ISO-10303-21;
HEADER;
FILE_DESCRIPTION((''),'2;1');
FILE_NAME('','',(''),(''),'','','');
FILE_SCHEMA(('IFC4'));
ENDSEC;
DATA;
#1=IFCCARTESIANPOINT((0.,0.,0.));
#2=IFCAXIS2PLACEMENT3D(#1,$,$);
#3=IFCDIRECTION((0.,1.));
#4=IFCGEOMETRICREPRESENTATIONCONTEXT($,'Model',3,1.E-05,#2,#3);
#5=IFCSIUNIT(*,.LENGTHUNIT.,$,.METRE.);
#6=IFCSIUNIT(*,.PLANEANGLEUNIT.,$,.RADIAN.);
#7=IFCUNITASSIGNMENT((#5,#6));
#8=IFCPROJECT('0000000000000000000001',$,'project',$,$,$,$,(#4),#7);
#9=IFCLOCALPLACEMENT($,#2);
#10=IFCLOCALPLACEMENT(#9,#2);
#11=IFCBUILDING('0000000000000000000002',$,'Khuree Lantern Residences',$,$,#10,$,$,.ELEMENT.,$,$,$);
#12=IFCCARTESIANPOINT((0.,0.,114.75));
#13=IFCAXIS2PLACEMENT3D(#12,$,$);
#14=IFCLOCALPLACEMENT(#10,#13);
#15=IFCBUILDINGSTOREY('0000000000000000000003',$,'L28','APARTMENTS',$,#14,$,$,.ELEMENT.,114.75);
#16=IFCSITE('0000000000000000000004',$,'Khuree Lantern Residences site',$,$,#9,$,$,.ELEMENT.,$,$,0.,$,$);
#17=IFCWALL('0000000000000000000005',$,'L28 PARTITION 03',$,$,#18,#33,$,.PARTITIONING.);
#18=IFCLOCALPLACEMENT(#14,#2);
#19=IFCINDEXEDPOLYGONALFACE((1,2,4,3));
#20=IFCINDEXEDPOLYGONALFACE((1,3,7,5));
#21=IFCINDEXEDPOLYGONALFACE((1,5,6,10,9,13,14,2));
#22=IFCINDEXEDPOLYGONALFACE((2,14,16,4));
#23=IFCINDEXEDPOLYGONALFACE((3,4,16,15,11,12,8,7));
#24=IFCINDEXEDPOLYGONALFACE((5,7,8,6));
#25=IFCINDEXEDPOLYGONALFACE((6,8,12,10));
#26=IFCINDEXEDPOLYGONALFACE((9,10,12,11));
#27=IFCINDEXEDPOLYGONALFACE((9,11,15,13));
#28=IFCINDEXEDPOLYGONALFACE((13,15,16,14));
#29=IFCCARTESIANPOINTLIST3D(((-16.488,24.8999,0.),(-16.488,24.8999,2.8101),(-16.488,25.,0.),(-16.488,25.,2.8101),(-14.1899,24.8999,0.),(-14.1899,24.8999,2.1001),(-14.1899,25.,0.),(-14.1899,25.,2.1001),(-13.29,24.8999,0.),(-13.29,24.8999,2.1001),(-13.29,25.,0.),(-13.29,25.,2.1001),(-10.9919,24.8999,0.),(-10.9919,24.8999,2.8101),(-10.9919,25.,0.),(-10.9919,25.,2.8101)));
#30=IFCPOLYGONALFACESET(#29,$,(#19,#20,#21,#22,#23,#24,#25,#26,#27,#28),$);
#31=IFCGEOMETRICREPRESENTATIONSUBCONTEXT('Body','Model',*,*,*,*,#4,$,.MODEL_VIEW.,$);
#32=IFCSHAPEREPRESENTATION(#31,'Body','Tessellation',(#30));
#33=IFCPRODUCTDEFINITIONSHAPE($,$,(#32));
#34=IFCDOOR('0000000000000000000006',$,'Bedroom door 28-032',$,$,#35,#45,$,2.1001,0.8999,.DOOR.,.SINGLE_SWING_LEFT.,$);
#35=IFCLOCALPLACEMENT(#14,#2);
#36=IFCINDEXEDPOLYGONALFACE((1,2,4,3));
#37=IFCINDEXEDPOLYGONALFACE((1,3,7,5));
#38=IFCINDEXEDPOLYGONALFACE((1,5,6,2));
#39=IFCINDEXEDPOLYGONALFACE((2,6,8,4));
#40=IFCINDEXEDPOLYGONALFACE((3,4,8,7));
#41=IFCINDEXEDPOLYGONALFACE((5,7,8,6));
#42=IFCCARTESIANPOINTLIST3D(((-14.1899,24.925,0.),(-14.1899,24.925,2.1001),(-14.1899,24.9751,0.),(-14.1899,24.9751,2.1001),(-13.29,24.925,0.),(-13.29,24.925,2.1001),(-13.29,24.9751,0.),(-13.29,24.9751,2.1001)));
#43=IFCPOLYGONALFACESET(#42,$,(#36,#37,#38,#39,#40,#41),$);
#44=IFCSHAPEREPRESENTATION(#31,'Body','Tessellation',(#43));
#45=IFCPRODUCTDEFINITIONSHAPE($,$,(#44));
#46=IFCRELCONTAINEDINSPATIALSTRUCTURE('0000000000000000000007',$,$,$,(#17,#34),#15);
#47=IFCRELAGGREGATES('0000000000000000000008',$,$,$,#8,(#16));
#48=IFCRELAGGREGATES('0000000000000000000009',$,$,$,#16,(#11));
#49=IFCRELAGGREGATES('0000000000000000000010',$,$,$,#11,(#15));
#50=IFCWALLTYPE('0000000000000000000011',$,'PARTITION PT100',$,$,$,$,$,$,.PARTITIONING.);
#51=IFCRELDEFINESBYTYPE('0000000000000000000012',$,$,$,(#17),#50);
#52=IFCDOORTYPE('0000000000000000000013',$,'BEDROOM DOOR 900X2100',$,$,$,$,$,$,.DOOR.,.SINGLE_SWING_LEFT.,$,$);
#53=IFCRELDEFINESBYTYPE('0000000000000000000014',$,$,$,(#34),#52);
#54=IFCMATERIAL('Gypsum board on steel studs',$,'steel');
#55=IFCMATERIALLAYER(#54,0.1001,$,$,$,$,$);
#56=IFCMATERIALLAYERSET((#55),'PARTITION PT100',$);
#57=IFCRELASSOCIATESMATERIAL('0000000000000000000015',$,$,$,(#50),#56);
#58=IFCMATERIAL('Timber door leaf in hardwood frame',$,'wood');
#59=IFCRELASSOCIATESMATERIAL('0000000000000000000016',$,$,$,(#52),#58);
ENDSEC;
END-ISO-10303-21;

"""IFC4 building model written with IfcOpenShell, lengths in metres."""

from ifc_helpers import new_model, si_unit, direction, frame, frame_2d, origin, place, context, subcontext, project, spatial, rectangle, extrude, material, layer, layer_set, type_object, element, fill, save


model = new_model("IFC4")

# Units and contexts
model_context = context("Model", 3, precision=1e-05, world=origin(), true_north=direction((0.0, 1.0)))
body_context = subcontext(model_context, "Body", "Model", "MODEL_VIEW")
ifc_project = project(units=[si_unit("LENGTHUNIT", "METRE"), si_unit("PLANEANGLEUNIT", "RADIAN")], contexts=[model_context])

# Site, building, storey
site_placement = place(None, origin())
site = spatial("IfcSite", under=ifc_project, at=site_placement, Name="Khuree Lantern Residences site", CompositionType="ELEMENT", RefElevation=0.0)
building_placement = place(site_placement, origin())
building = spatial("IfcBuilding", under=site, at=building_placement, Name="Khuree Lantern Residences", CompositionType="ELEMENT")
storey_placement = place(building_placement, frame((0.0, 0.0, 114.75)))
storey = spatial("IfcBuildingStorey", under=building, at=storey_placement, Name="L28", Description="APARTMENTS", CompositionType="ELEMENT", Elevation=114.75)

# Shared definitions
ifc_material_1 = material(Name="Gypsum board on steel studs", Category="steel")
ifc_layer_1 = layer(ifc_material_1, 0.1001)
ifc_layer_set_1 = layer_set([ifc_layer_1], Name="PARTITION PT100")
wall_type = type_object("IfcWallType", Name="PARTITION PT100", PredefinedType="PARTITIONING", material=ifc_layer_set_1)

# Wall, opening, door
ifc_material_2 = material(Name="Timber door leaf in hardwood frame", Category="wood")
door_type = type_object("IfcDoorType", Name="BEDROOM DOOR 900X2100", OperationType="SINGLE_SWING_LEFT", PredefinedType="DOOR", material=ifc_material_2)
wall_1_placement = place(storey_placement, frame((-10.9919, 24.95, 0.0), z_axis=(0.0, 0.0, 1.0), x_axis=(-1.0, 0.0, 0.0)))
wall_1 = element("IfcWall", 1, at=wall_1_placement, inside=storey, type_object=wall_type, Name="L28 PARTITION 03", PredefinedType="PARTITIONING", context=body_context, shape_type="SweptSolid", body=[
    extrude(rectangle(XDim=5.4961, YDim=0.1001, at=frame_2d((2.748, 0.0))), origin(), (0.0, 0.0, 1.0), 2.8101),
])
opening_1_placement = place(wall_1_placement, frame((2.2981, 0.0, 0.0)))
opening_1 = element("IfcOpeningElement", 2, at=opening_1_placement, cuts=wall_1, PredefinedType="OPENING", context=body_context, shape_type="SweptSolid", body=[
    extrude(rectangle(XDim=0.8999, YDim=2.1001, at=frame_2d((0.45, 1.05))), frame((0.0, 0.0601, 0.0), z_axis=(0.0, -1.0, 0.0), x_axis=(1.0, 0.0, 0.0)), (0.0, 0.0, 1.0), 0.1201),
])
door_1_placement = place(opening_1_placement, origin())
door_1 = element("IfcDoor", 3, at=door_1_placement, inside=storey, type_object=door_type, Name="Bedroom door 28-032", OperationType="SINGLE_SWING_LEFT", OverallHeight=2.1001, OverallWidth=0.8999, PredefinedType="DOOR", context=body_context, shape_type="SweptSolid", body=[
    extrude(rectangle(XDim=0.8999, YDim=2.1001, at=frame_2d((0.45, 1.05))), frame((0.0, 0.0249, 0.0), z_axis=(0.0, -1.0, 0.0), x_axis=(1.0, 0.0, 0.0)), (0.0, 0.0, 1.0), 0.05),
])
fill(opening_1, door_1)

save(model, "model.ifc")
